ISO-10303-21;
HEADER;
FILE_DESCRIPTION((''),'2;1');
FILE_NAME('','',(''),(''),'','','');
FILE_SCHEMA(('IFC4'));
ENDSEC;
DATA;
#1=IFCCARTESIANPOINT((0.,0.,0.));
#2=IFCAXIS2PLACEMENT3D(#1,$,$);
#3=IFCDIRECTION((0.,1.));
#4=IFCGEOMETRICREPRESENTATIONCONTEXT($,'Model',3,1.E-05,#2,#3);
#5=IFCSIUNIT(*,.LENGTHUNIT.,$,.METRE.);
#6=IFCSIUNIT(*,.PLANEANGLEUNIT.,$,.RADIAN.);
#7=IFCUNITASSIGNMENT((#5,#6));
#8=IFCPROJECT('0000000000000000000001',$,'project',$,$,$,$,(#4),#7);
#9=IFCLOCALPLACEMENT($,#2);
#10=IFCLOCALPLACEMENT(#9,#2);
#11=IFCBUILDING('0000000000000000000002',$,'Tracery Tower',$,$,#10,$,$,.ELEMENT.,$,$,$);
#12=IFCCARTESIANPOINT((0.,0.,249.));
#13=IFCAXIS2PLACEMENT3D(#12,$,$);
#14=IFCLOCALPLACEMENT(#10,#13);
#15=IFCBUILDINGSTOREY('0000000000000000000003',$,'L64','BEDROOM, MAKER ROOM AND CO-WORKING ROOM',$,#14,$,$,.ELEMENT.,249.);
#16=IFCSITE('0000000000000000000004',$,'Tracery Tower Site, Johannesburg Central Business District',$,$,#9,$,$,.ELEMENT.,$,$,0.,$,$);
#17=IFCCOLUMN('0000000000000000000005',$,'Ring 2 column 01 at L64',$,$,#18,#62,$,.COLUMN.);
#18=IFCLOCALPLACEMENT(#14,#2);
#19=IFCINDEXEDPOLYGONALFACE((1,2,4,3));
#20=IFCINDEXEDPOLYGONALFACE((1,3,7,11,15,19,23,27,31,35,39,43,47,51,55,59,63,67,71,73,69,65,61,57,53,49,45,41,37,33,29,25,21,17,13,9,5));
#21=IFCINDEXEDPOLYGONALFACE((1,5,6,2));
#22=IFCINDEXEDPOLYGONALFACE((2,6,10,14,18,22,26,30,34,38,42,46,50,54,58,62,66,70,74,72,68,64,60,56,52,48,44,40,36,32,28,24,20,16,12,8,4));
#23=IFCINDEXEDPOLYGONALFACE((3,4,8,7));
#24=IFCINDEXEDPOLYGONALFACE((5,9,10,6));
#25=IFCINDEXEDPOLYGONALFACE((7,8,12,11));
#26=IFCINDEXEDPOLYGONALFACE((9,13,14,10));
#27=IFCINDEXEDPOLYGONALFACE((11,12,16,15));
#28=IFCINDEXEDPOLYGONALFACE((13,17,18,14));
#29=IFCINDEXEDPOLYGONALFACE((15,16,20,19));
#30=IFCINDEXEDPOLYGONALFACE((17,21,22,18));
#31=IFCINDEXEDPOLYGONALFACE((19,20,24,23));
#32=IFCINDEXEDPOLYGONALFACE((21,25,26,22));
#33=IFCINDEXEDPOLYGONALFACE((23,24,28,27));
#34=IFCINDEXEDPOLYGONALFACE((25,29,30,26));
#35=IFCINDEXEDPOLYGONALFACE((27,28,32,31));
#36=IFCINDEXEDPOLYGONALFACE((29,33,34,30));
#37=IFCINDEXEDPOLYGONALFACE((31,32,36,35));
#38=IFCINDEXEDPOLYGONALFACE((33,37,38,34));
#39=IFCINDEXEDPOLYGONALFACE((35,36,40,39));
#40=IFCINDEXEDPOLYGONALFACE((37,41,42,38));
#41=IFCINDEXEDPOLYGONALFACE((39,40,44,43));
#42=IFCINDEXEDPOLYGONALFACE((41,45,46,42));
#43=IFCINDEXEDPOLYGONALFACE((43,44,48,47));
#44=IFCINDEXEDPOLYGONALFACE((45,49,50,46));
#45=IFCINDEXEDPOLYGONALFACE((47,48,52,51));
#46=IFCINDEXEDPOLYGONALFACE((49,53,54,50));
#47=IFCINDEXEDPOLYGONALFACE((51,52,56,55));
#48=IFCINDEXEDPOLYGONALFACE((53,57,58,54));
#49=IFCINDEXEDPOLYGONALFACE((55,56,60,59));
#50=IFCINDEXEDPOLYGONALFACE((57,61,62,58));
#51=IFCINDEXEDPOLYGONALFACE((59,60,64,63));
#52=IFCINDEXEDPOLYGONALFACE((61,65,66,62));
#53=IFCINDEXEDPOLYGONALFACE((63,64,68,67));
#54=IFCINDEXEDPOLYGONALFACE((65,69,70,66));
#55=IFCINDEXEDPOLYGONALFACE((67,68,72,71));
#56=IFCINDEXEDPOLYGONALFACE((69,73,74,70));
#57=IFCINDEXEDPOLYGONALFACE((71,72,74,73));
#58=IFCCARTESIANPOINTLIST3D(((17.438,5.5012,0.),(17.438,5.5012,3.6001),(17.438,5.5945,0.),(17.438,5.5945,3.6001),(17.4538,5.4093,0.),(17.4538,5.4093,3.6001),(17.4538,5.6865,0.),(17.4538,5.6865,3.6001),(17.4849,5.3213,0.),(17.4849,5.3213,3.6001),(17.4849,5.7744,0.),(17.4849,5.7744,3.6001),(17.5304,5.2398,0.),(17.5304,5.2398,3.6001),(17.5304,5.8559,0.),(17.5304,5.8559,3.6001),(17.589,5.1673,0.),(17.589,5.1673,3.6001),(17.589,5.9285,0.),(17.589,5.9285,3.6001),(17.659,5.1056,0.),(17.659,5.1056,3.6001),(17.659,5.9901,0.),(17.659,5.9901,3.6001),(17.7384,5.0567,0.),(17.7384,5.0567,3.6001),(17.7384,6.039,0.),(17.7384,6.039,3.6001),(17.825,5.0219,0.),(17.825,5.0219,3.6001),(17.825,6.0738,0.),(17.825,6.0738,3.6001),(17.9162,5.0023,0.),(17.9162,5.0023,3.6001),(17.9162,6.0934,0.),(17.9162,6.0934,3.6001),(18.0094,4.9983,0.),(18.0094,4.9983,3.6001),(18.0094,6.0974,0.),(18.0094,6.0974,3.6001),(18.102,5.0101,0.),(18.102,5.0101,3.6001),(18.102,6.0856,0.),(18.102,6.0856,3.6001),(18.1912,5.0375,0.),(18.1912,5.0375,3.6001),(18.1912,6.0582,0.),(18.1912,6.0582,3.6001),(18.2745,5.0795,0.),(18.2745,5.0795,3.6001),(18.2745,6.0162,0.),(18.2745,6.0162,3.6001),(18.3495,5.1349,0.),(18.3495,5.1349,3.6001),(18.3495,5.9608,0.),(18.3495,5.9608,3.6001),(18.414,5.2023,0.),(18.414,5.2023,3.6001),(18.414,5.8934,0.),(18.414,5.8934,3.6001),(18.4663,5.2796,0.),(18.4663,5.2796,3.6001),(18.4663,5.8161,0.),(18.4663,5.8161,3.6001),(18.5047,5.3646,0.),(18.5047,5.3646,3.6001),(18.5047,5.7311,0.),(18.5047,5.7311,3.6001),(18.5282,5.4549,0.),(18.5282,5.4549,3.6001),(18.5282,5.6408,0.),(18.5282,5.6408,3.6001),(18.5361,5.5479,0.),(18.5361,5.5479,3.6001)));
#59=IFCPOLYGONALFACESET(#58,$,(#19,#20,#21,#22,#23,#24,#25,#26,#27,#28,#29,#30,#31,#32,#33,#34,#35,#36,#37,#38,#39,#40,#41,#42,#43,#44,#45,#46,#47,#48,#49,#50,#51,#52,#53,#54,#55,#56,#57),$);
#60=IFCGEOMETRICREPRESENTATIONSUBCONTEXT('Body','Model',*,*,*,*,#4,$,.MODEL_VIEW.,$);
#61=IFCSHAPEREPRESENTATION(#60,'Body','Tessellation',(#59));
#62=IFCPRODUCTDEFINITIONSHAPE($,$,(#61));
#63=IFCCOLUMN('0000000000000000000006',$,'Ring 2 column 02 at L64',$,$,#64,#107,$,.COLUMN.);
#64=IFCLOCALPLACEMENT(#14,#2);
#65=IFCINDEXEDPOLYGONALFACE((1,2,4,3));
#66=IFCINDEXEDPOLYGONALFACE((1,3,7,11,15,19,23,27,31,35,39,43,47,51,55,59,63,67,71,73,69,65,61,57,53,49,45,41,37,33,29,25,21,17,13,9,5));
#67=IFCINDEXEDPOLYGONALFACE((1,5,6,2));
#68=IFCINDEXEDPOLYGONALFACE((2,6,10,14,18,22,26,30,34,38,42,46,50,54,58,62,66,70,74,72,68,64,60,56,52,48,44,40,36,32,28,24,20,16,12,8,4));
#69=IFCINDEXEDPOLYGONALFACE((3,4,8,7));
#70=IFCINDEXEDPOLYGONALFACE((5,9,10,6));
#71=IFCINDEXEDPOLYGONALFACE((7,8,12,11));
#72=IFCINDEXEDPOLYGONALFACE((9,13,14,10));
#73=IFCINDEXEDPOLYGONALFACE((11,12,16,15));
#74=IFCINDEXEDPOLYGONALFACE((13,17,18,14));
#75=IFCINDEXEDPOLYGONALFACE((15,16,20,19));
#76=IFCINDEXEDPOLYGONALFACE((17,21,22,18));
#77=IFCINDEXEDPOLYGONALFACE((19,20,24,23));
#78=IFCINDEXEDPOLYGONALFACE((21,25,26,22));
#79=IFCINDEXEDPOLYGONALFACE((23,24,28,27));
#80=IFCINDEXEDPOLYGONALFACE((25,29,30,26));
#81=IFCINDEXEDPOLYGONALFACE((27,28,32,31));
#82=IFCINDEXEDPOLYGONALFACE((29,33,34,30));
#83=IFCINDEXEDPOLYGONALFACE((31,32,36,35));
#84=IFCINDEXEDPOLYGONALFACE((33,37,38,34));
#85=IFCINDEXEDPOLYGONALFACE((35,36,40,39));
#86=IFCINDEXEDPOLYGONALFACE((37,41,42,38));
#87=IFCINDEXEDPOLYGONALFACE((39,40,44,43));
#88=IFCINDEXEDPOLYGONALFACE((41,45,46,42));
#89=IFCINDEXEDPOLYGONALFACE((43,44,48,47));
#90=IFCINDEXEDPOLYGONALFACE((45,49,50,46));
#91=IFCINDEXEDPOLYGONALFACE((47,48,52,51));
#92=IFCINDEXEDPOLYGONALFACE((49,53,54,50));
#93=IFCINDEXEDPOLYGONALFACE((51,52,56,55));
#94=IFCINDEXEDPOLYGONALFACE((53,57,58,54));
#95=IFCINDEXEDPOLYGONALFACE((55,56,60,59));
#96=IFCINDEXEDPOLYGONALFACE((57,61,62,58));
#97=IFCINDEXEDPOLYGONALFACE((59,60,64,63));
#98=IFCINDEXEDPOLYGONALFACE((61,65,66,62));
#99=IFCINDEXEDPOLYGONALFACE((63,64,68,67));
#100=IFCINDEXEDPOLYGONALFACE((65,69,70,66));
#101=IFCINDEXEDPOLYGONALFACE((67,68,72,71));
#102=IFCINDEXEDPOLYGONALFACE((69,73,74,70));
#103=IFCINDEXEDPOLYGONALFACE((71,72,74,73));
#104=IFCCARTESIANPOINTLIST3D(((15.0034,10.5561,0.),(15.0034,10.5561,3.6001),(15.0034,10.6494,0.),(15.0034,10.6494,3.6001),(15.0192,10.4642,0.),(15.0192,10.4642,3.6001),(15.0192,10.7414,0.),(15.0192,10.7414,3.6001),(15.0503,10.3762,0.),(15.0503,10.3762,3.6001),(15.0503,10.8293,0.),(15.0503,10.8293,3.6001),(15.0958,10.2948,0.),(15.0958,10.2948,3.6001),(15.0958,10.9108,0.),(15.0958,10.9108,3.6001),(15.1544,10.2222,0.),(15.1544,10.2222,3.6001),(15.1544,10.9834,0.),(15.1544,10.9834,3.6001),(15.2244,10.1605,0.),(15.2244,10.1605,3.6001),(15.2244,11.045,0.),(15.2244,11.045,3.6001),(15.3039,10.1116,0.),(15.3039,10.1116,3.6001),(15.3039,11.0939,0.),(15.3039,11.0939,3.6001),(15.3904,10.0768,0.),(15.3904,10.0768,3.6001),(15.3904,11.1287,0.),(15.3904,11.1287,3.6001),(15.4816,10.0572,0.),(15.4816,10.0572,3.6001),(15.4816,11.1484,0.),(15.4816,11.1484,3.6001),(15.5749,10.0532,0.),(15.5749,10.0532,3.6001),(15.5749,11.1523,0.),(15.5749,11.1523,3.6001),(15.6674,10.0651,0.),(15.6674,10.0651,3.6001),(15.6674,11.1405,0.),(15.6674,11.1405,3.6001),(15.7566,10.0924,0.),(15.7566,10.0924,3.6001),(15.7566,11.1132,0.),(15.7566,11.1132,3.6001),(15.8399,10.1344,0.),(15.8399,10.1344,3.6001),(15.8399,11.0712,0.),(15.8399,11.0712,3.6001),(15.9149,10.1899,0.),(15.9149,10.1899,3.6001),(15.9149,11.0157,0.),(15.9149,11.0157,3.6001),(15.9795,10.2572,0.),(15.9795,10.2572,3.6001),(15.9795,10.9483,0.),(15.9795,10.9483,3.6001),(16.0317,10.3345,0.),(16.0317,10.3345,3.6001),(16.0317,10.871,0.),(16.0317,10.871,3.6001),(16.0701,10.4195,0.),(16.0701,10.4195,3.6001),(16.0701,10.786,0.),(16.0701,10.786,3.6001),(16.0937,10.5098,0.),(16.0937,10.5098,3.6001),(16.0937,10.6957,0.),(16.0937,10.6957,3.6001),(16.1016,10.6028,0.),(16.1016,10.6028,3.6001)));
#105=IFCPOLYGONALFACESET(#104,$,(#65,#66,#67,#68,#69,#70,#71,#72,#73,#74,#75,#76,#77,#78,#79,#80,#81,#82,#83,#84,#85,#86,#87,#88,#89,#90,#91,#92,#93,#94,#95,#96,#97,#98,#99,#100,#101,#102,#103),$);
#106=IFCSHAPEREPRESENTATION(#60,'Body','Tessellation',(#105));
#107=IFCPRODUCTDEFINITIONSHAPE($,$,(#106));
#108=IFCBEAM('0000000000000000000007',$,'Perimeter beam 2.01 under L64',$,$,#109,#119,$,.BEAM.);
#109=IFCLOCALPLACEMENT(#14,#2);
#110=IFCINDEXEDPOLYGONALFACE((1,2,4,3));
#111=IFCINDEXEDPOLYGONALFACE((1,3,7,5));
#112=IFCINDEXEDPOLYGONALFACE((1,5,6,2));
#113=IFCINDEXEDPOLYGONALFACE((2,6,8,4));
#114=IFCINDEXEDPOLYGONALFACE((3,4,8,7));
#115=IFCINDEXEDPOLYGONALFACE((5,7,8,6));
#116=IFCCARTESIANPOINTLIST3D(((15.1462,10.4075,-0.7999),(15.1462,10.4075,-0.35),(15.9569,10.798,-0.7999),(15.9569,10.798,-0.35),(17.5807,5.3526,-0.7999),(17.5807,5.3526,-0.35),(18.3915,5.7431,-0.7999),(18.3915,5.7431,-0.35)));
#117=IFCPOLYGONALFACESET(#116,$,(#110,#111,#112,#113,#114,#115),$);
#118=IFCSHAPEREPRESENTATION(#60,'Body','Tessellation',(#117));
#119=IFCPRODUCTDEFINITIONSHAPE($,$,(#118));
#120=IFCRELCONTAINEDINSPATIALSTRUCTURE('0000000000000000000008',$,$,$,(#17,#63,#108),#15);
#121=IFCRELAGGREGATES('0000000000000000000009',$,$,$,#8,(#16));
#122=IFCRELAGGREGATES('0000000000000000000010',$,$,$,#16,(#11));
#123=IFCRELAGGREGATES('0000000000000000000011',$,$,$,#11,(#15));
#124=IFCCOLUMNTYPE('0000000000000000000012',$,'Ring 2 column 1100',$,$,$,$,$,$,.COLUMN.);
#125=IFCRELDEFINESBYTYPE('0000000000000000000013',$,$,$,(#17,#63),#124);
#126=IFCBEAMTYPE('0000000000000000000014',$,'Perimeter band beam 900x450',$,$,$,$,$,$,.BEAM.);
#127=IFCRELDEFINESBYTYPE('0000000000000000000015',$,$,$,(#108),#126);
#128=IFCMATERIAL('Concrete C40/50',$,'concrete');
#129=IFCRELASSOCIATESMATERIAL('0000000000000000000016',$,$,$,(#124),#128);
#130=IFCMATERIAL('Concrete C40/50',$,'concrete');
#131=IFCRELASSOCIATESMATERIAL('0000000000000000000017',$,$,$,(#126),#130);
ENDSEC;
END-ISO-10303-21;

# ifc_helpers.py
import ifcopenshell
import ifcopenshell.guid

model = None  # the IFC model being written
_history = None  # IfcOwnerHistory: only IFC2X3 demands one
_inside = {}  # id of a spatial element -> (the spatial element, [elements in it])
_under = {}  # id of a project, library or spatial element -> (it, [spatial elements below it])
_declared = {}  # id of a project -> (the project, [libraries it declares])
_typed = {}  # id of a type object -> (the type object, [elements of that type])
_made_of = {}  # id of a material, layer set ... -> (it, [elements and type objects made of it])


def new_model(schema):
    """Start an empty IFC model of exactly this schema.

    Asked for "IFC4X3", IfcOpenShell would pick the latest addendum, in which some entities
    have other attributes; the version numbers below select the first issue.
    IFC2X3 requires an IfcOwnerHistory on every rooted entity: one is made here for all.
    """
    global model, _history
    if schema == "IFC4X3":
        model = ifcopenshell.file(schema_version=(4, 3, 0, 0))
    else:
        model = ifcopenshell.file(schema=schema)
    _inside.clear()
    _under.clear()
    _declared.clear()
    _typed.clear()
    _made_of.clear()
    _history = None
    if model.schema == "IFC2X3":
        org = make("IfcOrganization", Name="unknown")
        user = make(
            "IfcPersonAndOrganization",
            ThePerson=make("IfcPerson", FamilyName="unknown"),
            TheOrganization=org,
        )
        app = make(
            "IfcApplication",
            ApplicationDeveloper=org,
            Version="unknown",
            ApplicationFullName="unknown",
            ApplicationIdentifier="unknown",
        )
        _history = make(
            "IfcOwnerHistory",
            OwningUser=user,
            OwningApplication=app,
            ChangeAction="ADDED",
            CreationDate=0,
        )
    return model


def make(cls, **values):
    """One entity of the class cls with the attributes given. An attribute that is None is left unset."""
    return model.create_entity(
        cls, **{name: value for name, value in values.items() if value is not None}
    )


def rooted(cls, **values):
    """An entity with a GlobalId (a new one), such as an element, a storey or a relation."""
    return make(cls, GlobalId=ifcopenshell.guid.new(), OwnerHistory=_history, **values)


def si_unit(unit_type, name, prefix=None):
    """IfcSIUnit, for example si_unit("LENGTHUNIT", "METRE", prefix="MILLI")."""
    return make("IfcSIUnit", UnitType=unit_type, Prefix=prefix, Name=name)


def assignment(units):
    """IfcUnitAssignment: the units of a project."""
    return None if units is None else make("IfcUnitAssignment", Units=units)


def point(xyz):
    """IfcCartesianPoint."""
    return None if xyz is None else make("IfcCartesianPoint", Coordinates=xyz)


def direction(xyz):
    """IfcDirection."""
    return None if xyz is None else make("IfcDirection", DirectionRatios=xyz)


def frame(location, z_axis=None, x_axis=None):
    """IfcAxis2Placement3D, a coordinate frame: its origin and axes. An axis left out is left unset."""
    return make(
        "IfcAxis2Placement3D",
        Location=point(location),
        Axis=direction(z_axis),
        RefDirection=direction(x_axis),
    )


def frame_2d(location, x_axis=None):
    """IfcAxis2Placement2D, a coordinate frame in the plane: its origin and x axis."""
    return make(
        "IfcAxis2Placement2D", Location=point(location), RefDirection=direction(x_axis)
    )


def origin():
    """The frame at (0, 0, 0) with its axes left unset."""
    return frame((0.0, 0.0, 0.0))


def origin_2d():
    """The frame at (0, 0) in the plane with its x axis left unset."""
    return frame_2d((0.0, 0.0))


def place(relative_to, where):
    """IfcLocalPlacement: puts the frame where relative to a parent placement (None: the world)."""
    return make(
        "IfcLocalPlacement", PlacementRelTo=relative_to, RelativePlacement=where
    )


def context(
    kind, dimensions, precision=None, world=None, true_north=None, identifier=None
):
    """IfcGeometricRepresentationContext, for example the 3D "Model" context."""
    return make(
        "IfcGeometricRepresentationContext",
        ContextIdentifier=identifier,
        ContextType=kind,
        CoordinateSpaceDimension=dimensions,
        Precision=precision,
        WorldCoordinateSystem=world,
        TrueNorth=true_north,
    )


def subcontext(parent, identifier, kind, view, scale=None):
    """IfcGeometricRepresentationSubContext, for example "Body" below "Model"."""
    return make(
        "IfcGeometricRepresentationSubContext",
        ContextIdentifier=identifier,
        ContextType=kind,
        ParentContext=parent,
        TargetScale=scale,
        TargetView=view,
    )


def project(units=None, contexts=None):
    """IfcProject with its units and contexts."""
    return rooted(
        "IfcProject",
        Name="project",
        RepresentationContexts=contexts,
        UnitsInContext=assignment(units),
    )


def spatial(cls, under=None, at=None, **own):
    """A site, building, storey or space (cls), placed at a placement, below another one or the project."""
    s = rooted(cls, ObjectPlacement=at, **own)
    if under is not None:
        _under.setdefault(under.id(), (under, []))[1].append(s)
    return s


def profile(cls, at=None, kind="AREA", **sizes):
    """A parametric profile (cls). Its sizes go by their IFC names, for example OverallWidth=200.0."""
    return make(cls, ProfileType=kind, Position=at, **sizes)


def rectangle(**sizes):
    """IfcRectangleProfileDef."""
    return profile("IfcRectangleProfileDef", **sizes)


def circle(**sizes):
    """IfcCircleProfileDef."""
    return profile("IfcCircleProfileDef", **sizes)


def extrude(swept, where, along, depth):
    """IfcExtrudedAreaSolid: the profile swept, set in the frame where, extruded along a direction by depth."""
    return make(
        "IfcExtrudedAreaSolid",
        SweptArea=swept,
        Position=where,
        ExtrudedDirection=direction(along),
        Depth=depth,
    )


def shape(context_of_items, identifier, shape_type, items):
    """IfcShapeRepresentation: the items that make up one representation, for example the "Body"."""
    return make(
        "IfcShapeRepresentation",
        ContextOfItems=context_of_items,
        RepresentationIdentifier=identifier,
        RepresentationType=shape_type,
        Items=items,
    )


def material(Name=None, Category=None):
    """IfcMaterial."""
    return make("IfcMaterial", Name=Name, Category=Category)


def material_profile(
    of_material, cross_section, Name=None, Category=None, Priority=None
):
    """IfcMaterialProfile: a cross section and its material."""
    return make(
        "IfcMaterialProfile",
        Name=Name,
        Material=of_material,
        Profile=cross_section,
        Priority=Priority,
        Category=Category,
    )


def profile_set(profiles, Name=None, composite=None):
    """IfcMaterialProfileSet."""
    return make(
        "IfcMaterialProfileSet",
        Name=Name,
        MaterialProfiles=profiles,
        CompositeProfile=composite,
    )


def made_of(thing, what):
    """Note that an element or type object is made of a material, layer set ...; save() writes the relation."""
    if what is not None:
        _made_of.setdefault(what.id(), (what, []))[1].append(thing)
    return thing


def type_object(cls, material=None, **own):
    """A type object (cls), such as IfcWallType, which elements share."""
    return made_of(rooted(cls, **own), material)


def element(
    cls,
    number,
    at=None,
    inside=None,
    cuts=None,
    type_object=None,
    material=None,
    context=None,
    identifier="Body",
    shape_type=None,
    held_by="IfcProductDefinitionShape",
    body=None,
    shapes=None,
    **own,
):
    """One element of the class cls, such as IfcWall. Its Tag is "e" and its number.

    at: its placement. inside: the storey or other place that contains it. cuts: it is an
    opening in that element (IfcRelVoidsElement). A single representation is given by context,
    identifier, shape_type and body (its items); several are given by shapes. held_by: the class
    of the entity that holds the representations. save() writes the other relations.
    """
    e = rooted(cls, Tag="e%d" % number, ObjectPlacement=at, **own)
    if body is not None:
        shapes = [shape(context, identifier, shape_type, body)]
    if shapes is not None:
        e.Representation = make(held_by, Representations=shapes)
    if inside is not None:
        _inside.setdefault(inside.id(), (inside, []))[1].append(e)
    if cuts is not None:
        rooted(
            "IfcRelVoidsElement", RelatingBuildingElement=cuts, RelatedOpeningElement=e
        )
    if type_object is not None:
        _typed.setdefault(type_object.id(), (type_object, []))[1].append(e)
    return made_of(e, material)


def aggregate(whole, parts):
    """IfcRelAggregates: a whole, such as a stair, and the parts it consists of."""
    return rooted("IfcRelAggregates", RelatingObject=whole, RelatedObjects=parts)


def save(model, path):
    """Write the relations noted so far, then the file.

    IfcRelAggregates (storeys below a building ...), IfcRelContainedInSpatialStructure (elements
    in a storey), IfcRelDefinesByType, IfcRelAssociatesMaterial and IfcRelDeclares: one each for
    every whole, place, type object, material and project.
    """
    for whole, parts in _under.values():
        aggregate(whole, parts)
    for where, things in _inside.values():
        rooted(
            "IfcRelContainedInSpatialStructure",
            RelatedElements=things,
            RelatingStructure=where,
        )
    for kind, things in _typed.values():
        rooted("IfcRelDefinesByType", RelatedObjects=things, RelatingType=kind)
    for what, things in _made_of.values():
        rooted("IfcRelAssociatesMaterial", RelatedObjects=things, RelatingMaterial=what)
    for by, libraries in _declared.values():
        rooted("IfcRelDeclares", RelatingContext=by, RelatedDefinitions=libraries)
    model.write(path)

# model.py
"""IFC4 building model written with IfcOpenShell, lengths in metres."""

from ifc_helpers import new_model, si_unit, direction, frame, origin, origin_2d, place, context, subcontext, project, spatial, rectangle, circle, extrude, material, material_profile, profile_set, type_object, element, save


model = new_model("IFC4")

# Units and contexts
model_context = context("Model", 3, precision=1e-05, world=origin(), true_north=direction((0.0, 1.0)))
body_context = subcontext(model_context, "Body", "Model", "MODEL_VIEW")
ifc_project = project(units=[si_unit("LENGTHUNIT", "METRE"), si_unit("PLANEANGLEUNIT", "RADIAN")], contexts=[model_context])

# Site, building, storey
site_placement = place(None, origin())
site = spatial("IfcSite", under=ifc_project, at=site_placement, Name="Tracery Tower Site, Johannesburg Central Business District", CompositionType="ELEMENT", RefElevation=0.0)
building_placement = place(site_placement, origin())
building = spatial("IfcBuilding", under=site, at=building_placement, Name="Tracery Tower", CompositionType="ELEMENT")
storey_placement = place(building_placement, frame((0.0, 0.0, 249.0)))
storey = spatial("IfcBuildingStorey", under=building, at=storey_placement, Name="L64", Description="BEDROOM, MAKER ROOM AND CO-WORKING ROOM", CompositionType="ELEMENT", Elevation=249.0)

# Columns
ifc_material_1 = material(Name="Concrete C40/50", Category="concrete")
ifc_material_profile_1 = material_profile(ifc_material_1, circle(Radius=0.55, at=origin_2d()), Name="RC D1100")
ifc_profile_set_1 = profile_set([ifc_material_profile_1], Name="Concrete C40/50")
column_type = type_object("IfcColumnType", Name="Ring 2 column 1100", PredefinedType="COLUMN", material=ifc_profile_set_1)
for number, where, z_axis, x_axis, name in (
    (1, (17.9861, 5.5479, 0.0), (0.0, 0.0, 1.0), (1.0, 0.0, 0.0), "Ring 2 column 01 at L64"),
    (2, (15.5515, 10.6028, 0.0), (0.0, 0.0, 1.0), (1.0, 0.0, 0.0), "Ring 2 column 02 at L64"),
):
    element("IfcColumn", number, at=place(storey_placement, frame(where, z_axis=z_axis, x_axis=x_axis)), inside=storey, type_object=column_type, Name=name, PredefinedType="COLUMN", context=body_context, shape_type="SweptSolid", body=[
        extrude(circle(Radius=0.55, at=origin_2d()), origin(), (0.0, 0.0, 1.0), 3.6001),
    ])

# Beam
ifc_material_2 = material(Name="Concrete C40/50", Category="concrete")
ifc_material_profile_2 = material_profile(ifc_material_2, rectangle(XDim=0.8999, YDim=0.45, at=origin_2d()), Name="RC 900x450")
ifc_profile_set_2 = profile_set([ifc_material_profile_2], Name="Concrete C40/50")
beam_type = type_object("IfcBeamType", Name="Perimeter band beam 900x450", PredefinedType="BEAM", material=ifc_profile_set_2)
beam_placement = place(storey_placement, frame((17.9861, 5.5479, -0.575), z_axis=(-0.433919, 0.900952, 0.0), x_axis=(-0.900952, -0.433919, 0.0)))
element("IfcBeam", 3, at=beam_placement, inside=storey, type_object=beam_type, Name="Perimeter beam 2.01 under L64", PredefinedType="BEAM", context=body_context, shape_type="SweptSolid", body=[
    extrude(rectangle(XDim=0.8999, YDim=0.45, at=origin_2d()), origin(), (0.0, 0.0, 1.0), 5.6106),
])

save(model, "model.ifc")
